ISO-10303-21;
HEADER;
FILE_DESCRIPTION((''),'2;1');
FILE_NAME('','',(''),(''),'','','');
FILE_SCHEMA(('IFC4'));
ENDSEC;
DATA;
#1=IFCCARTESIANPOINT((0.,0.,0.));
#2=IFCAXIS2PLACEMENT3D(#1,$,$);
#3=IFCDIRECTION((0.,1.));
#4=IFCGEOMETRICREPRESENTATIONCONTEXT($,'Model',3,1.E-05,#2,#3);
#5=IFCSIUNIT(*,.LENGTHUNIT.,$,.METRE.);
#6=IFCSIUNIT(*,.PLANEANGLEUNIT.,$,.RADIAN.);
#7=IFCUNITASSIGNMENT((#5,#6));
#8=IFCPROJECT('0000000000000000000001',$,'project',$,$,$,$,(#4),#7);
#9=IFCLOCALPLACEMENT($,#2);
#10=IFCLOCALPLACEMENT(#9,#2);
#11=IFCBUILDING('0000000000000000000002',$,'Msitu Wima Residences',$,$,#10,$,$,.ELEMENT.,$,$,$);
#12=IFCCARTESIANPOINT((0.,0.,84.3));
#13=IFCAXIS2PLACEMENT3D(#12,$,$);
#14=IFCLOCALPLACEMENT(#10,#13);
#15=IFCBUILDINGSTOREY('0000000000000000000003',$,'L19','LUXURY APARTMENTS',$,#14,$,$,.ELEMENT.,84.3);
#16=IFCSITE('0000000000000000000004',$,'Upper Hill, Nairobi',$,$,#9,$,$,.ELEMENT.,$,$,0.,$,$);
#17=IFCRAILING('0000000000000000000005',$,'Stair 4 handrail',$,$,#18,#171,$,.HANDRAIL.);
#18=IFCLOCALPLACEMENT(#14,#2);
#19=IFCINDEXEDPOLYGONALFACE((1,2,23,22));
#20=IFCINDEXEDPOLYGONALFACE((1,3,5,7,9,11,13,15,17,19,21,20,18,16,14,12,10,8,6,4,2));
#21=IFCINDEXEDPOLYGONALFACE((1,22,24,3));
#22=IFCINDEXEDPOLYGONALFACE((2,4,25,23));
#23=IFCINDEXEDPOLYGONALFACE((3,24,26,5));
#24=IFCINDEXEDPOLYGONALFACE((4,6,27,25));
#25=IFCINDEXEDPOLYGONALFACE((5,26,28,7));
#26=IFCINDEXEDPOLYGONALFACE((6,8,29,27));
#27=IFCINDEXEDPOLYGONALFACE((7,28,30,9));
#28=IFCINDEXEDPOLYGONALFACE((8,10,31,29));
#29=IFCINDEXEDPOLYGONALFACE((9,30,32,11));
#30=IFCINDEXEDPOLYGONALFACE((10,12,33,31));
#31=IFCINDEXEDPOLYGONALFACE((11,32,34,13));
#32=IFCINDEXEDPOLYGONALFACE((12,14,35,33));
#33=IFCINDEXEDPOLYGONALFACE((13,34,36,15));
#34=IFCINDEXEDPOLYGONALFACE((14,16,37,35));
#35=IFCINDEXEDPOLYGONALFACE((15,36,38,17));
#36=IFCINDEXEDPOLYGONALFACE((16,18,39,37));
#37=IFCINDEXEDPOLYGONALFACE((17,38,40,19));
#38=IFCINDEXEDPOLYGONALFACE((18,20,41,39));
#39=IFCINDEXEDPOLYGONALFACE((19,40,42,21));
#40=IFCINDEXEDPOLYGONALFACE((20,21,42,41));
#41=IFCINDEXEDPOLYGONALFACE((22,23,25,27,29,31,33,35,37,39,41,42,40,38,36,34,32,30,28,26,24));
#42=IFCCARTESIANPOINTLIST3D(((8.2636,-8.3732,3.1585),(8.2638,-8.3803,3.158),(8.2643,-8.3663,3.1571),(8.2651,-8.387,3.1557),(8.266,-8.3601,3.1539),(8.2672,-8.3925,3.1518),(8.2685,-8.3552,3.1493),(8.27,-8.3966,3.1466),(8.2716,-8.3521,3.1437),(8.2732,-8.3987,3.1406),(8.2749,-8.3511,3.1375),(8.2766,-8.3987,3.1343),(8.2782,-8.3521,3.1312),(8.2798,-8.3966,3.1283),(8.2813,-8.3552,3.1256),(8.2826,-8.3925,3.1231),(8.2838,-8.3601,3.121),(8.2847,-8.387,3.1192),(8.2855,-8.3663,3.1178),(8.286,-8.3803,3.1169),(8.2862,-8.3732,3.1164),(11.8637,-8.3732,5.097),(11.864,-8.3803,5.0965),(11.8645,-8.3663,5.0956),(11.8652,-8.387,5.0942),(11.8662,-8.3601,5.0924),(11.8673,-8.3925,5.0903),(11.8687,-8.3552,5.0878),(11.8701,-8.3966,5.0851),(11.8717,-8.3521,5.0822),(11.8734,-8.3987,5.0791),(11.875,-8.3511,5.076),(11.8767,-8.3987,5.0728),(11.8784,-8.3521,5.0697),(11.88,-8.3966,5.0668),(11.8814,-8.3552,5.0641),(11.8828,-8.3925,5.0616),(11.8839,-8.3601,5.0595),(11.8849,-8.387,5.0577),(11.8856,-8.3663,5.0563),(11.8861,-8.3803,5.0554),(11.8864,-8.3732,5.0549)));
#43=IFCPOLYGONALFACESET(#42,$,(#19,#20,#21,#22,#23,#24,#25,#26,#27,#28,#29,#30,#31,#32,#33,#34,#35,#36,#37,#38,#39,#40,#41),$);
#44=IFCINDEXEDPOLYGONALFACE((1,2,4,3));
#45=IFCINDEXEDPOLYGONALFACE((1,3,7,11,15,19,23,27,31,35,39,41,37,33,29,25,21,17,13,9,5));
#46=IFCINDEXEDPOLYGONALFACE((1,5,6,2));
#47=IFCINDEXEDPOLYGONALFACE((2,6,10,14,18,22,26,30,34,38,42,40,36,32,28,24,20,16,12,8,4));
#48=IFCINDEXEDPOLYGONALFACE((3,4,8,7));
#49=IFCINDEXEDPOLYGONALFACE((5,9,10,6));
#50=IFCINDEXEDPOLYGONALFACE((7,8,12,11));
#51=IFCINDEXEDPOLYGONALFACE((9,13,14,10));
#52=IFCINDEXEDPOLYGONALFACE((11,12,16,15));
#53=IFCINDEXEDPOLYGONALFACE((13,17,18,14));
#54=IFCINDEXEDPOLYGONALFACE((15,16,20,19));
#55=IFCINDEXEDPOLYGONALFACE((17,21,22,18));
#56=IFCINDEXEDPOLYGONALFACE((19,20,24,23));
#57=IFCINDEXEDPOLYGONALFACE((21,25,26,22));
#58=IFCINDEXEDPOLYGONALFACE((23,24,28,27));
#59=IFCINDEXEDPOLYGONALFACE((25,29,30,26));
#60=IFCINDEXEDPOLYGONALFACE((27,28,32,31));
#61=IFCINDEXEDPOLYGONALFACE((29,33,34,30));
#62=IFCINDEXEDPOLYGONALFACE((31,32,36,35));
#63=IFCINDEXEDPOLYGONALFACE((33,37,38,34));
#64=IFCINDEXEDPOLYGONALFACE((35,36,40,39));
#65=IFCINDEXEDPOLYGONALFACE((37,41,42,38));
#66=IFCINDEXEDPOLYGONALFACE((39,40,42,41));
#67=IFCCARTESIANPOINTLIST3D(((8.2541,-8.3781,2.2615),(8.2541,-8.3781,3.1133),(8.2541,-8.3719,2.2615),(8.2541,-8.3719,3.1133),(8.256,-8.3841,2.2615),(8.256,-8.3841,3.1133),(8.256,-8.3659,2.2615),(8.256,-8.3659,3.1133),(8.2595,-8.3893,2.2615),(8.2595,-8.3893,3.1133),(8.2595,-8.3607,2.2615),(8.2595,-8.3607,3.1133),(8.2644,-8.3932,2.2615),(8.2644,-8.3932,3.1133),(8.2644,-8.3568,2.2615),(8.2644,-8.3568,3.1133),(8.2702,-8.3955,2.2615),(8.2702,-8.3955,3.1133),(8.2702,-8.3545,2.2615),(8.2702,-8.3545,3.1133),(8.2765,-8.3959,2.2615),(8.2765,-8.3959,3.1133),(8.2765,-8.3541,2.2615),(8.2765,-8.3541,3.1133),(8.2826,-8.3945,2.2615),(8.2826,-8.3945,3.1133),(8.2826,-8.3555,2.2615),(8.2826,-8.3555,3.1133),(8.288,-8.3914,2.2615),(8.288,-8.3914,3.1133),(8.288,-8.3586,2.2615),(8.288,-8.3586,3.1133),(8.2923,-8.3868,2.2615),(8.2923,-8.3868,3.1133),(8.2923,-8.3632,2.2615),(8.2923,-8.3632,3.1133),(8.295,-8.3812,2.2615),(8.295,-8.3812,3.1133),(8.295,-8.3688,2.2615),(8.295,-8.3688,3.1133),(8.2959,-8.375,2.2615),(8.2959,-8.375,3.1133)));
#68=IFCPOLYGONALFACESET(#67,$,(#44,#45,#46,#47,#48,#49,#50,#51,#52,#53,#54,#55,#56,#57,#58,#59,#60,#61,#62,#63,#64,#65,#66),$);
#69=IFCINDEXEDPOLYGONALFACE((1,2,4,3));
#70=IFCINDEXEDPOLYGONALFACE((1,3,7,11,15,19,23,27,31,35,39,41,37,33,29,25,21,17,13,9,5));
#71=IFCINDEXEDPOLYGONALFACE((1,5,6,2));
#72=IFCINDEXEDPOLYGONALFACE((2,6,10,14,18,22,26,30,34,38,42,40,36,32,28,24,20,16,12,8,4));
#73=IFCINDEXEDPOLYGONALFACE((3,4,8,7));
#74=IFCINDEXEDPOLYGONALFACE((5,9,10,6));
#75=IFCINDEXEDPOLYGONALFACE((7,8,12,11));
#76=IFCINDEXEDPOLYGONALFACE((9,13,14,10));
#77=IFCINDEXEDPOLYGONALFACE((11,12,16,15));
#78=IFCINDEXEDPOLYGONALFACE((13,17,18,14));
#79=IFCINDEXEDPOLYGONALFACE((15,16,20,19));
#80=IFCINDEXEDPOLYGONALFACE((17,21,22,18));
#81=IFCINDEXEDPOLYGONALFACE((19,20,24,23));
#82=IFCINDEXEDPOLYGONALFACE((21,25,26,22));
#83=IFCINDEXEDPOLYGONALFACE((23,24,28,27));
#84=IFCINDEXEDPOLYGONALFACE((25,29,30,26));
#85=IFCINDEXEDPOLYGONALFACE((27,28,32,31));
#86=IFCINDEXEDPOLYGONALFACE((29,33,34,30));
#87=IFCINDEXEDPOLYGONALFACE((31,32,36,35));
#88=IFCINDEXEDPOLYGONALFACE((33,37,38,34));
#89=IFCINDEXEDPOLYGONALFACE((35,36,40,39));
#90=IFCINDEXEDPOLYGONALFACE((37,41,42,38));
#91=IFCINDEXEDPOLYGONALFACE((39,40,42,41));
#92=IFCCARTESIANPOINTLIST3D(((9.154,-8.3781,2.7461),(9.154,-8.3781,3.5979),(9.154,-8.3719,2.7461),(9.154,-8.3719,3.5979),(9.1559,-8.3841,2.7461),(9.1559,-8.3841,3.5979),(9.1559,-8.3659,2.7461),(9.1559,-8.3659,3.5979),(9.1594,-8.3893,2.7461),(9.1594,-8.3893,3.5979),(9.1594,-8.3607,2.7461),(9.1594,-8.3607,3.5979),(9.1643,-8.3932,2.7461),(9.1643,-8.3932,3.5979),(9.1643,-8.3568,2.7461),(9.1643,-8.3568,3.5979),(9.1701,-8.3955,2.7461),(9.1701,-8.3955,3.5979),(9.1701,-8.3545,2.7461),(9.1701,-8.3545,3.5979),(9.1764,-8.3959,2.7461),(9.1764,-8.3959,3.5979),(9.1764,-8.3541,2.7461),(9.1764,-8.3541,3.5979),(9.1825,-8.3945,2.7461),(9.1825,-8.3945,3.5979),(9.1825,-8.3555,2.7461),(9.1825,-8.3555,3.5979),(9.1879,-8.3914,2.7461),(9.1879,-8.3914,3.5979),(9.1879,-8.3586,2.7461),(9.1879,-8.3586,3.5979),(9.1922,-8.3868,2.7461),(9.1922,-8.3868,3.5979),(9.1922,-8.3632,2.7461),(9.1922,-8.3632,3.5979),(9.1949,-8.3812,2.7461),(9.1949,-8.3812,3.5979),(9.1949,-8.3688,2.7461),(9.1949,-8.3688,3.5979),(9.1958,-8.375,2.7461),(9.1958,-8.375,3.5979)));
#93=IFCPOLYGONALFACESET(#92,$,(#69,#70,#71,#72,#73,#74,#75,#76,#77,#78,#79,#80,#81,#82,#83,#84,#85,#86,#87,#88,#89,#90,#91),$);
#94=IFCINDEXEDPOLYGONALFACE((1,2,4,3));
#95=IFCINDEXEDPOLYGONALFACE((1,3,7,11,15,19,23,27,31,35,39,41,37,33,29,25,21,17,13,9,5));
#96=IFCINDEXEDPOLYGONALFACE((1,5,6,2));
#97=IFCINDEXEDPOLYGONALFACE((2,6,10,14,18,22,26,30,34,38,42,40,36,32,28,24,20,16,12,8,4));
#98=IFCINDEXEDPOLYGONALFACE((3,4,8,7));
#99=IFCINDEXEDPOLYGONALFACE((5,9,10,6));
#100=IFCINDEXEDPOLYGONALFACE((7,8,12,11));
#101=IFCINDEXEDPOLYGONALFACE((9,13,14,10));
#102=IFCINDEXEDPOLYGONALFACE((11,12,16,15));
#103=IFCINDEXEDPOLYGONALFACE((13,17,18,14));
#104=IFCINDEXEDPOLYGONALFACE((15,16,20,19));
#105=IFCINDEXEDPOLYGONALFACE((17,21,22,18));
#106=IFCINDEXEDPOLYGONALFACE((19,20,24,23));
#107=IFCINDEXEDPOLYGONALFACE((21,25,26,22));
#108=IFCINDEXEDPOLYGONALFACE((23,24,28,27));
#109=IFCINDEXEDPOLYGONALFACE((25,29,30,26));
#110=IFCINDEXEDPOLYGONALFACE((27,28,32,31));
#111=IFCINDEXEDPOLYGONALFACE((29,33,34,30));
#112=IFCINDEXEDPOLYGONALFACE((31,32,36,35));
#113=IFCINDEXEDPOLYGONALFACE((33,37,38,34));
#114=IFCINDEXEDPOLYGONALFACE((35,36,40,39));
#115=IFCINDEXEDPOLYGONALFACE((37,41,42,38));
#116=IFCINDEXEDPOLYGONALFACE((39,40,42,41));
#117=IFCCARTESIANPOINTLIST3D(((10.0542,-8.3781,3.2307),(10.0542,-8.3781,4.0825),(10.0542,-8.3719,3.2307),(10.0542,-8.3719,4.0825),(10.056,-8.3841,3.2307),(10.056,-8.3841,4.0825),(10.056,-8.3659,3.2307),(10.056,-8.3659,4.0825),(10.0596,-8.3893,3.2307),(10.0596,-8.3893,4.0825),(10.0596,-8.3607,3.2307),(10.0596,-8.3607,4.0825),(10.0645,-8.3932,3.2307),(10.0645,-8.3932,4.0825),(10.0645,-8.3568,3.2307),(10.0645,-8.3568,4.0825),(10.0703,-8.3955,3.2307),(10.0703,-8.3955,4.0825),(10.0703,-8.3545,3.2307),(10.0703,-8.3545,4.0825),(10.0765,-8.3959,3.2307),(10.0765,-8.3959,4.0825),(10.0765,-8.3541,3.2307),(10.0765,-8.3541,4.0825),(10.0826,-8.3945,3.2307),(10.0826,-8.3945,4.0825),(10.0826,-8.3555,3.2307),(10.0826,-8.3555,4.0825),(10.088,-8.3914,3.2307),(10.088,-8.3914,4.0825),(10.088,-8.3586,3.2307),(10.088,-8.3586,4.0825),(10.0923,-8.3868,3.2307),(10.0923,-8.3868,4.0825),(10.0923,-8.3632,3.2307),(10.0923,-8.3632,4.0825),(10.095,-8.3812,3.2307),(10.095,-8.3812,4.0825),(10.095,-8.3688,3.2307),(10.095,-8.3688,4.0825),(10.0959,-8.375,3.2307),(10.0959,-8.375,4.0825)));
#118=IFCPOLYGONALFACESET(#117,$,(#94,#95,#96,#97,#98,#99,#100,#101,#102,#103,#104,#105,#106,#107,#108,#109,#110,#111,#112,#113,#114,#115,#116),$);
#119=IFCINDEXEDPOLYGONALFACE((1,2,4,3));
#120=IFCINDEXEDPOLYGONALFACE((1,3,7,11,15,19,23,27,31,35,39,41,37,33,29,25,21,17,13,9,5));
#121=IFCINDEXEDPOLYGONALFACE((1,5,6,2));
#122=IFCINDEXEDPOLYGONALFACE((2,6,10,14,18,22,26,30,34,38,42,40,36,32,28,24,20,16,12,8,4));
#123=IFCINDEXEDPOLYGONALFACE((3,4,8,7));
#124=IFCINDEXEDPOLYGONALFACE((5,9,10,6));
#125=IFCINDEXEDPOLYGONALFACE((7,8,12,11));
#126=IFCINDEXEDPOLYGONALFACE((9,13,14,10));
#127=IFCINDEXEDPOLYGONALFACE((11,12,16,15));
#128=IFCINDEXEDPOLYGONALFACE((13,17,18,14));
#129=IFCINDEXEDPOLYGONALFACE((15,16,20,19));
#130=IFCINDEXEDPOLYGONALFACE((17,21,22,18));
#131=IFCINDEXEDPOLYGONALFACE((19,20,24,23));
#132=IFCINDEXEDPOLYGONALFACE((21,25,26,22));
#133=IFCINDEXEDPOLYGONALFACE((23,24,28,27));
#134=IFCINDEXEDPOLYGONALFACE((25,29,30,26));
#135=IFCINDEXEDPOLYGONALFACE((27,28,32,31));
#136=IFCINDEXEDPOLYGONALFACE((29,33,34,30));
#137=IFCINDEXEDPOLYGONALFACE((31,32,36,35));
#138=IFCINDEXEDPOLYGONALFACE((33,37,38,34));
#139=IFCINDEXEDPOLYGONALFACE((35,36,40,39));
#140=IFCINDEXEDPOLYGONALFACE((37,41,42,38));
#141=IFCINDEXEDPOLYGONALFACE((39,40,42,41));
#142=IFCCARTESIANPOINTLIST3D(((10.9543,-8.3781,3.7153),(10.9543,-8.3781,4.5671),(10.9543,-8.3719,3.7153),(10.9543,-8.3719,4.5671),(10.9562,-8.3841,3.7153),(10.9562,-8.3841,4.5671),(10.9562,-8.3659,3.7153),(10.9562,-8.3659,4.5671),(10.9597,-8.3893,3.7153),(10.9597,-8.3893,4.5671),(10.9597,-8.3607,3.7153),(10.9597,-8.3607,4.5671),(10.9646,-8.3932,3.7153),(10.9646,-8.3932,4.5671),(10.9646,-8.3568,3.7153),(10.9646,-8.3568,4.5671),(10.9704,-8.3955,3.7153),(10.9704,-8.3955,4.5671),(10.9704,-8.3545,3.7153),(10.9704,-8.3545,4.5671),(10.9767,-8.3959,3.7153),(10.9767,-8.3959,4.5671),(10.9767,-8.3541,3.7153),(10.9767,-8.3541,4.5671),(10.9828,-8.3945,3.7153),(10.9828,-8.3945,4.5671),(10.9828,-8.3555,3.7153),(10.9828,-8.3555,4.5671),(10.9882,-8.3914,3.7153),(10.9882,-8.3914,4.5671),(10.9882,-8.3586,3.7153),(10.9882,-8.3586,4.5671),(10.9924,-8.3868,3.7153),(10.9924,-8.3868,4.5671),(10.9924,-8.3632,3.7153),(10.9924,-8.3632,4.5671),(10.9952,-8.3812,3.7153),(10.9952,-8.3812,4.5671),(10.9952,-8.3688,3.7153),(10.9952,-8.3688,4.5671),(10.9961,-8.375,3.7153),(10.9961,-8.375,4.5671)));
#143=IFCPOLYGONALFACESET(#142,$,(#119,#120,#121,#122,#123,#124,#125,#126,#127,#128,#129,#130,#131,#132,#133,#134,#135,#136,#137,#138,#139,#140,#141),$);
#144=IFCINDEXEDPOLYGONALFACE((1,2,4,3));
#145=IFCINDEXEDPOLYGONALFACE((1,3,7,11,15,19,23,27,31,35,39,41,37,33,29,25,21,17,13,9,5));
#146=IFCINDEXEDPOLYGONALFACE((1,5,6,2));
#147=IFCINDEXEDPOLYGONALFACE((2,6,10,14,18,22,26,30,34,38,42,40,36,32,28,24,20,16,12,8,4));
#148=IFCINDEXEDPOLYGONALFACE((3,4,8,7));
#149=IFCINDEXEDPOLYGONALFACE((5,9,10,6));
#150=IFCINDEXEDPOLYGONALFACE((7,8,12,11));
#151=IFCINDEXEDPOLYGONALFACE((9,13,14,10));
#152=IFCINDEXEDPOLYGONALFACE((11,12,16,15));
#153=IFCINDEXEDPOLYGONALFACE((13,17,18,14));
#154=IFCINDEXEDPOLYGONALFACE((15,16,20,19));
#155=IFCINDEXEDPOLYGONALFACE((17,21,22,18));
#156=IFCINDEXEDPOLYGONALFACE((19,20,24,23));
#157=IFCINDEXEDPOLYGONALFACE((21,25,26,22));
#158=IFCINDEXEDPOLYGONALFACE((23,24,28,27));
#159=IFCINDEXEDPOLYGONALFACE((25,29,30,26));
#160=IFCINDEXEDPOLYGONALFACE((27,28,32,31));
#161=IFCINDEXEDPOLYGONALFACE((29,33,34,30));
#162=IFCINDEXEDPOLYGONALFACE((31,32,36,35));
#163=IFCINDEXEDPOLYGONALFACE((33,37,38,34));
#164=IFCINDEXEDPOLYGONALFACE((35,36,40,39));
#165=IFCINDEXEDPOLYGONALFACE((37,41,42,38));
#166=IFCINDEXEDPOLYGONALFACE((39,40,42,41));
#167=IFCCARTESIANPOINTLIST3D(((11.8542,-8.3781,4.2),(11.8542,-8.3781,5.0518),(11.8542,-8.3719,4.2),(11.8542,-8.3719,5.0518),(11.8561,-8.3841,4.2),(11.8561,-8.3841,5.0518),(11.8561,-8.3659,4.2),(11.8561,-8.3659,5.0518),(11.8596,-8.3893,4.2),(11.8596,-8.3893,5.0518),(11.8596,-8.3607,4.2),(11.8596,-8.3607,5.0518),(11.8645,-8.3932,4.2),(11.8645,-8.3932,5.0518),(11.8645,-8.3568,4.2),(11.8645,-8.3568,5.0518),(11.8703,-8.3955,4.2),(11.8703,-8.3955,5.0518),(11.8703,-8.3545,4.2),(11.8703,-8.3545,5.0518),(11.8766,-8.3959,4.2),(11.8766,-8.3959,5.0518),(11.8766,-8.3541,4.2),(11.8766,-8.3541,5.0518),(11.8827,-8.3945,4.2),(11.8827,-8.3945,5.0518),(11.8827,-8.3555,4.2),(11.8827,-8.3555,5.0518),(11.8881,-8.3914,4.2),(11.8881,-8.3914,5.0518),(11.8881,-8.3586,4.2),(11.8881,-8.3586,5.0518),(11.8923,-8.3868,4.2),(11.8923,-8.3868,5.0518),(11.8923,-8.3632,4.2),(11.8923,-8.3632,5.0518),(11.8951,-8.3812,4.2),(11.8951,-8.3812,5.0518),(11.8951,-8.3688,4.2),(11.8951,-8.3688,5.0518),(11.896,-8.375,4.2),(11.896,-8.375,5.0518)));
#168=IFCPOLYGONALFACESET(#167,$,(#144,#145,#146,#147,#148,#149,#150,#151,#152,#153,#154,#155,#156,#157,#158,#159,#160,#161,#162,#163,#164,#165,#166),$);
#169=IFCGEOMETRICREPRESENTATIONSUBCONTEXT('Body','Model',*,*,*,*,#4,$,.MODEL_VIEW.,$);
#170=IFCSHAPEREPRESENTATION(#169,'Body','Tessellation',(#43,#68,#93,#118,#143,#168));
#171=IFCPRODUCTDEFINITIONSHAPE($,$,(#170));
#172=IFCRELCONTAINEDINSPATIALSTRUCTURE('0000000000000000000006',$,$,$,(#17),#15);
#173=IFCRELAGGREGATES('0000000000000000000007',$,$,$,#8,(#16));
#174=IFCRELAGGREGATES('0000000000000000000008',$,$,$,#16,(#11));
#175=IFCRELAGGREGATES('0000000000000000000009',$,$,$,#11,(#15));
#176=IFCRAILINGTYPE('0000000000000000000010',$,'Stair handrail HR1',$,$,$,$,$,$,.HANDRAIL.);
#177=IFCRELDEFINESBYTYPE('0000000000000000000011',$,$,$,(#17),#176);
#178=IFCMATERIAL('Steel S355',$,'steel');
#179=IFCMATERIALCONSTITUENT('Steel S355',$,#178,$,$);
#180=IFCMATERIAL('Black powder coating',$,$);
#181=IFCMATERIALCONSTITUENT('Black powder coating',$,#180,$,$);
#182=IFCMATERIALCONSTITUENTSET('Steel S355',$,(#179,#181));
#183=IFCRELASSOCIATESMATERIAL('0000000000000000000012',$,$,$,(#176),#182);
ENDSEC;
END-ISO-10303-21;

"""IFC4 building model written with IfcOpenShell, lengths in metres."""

from ifc_helpers import new_model, si_unit, direction, frame, origin, origin_2d, place, context, subcontext, project, spatial, circle, extrude, material, constituent, constituent_set, type_object, element, save


model = new_model("IFC4")

# Units and contexts
model_context = context("Model", 3, precision=1e-05, world=origin(), true_north=direction((0.0, 1.0)))
body_context = subcontext(model_context, "Body", "Model", "MODEL_VIEW")
ifc_project = project(units=[si_unit("LENGTHUNIT", "METRE"), si_unit("PLANEANGLEUNIT", "RADIAN")], contexts=[model_context])

# Site, building, storey
site_placement = place(None, origin())
site = spatial("IfcSite", under=ifc_project, at=site_placement, Name="Upper Hill, Nairobi", CompositionType="ELEMENT", RefElevation=0.0)
building_placement = place(site_placement, origin())
building = spatial("IfcBuilding", under=site, at=building_placement, Name="Msitu Wima Residences", CompositionType="ELEMENT")
storey_placement = place(building_placement, frame((0.0, 0.0, 84.3)))
storey = spatial("IfcBuildingStorey", under=building, at=storey_placement, Name="L19", Description="LUXURY APARTMENTS", CompositionType="ELEMENT", Elevation=84.3)

# Railing
ifc_material_1 = material(Name="Steel S355", Category="steel")
ifc_constituent_1 = constituent(ifc_material_1, Name="Steel S355")
ifc_material_2 = material(Name="Black powder coating")
ifc_constituent_2 = constituent(ifc_material_2, Name="Black powder coating")
ifc_constituent_set = constituent_set(constituents=[ifc_constituent_1, ifc_constituent_2], Name="Steel S355")
railing_type = type_object("IfcRailingType", Name="Stair handrail HR1", PredefinedType="HANDRAIL", material=ifc_constituent_set)
for number, where, name in (
    (1, (8.2749, -8.375, 2.2615), "Stair 4 handrail"),
):
    element("IfcRailing", number, at=place(storey_placement, frame(where)), inside=storey, type_object=railing_type, Name=name, PredefinedType="HANDRAIL", context=body_context, shape_type="SweptSolid", body=[
        extrude(circle(Radius=0.0239, at=origin_2d()), frame((0.0, 0.0, 0.876), z_axis=(0.880475, 0.0, 0.474093), x_axis=(0.0, 1.0, 0.0)), (0.0, 0.0, 1.0), 4.0889),
        extrude(circle(Radius=0.021, at=origin_2d()), origin(), (0.0, 0.0, 1.0), 0.8518),
        extrude(circle(Radius=0.021, at=origin_2d()), frame((0.8999, 0.0, 0.4846)), (0.0, 0.0, 1.0), 0.8518),
        extrude(circle(Radius=0.021, at=origin_2d()), frame((1.8, 0.0, 0.9692)), (0.0, 0.0, 1.0), 0.8518),
        extrude(circle(Radius=0.021, at=origin_2d()), frame((2.7002, 0.0, 1.4539)), (0.0, 0.0, 1.0), 0.8518),
        extrude(circle(Radius=0.021, at=origin_2d()), frame((3.6001, 0.0, 1.9385)), (0.0, 0.0, 1.0), 0.8518),
    ])

save(model, "model.ifc")
